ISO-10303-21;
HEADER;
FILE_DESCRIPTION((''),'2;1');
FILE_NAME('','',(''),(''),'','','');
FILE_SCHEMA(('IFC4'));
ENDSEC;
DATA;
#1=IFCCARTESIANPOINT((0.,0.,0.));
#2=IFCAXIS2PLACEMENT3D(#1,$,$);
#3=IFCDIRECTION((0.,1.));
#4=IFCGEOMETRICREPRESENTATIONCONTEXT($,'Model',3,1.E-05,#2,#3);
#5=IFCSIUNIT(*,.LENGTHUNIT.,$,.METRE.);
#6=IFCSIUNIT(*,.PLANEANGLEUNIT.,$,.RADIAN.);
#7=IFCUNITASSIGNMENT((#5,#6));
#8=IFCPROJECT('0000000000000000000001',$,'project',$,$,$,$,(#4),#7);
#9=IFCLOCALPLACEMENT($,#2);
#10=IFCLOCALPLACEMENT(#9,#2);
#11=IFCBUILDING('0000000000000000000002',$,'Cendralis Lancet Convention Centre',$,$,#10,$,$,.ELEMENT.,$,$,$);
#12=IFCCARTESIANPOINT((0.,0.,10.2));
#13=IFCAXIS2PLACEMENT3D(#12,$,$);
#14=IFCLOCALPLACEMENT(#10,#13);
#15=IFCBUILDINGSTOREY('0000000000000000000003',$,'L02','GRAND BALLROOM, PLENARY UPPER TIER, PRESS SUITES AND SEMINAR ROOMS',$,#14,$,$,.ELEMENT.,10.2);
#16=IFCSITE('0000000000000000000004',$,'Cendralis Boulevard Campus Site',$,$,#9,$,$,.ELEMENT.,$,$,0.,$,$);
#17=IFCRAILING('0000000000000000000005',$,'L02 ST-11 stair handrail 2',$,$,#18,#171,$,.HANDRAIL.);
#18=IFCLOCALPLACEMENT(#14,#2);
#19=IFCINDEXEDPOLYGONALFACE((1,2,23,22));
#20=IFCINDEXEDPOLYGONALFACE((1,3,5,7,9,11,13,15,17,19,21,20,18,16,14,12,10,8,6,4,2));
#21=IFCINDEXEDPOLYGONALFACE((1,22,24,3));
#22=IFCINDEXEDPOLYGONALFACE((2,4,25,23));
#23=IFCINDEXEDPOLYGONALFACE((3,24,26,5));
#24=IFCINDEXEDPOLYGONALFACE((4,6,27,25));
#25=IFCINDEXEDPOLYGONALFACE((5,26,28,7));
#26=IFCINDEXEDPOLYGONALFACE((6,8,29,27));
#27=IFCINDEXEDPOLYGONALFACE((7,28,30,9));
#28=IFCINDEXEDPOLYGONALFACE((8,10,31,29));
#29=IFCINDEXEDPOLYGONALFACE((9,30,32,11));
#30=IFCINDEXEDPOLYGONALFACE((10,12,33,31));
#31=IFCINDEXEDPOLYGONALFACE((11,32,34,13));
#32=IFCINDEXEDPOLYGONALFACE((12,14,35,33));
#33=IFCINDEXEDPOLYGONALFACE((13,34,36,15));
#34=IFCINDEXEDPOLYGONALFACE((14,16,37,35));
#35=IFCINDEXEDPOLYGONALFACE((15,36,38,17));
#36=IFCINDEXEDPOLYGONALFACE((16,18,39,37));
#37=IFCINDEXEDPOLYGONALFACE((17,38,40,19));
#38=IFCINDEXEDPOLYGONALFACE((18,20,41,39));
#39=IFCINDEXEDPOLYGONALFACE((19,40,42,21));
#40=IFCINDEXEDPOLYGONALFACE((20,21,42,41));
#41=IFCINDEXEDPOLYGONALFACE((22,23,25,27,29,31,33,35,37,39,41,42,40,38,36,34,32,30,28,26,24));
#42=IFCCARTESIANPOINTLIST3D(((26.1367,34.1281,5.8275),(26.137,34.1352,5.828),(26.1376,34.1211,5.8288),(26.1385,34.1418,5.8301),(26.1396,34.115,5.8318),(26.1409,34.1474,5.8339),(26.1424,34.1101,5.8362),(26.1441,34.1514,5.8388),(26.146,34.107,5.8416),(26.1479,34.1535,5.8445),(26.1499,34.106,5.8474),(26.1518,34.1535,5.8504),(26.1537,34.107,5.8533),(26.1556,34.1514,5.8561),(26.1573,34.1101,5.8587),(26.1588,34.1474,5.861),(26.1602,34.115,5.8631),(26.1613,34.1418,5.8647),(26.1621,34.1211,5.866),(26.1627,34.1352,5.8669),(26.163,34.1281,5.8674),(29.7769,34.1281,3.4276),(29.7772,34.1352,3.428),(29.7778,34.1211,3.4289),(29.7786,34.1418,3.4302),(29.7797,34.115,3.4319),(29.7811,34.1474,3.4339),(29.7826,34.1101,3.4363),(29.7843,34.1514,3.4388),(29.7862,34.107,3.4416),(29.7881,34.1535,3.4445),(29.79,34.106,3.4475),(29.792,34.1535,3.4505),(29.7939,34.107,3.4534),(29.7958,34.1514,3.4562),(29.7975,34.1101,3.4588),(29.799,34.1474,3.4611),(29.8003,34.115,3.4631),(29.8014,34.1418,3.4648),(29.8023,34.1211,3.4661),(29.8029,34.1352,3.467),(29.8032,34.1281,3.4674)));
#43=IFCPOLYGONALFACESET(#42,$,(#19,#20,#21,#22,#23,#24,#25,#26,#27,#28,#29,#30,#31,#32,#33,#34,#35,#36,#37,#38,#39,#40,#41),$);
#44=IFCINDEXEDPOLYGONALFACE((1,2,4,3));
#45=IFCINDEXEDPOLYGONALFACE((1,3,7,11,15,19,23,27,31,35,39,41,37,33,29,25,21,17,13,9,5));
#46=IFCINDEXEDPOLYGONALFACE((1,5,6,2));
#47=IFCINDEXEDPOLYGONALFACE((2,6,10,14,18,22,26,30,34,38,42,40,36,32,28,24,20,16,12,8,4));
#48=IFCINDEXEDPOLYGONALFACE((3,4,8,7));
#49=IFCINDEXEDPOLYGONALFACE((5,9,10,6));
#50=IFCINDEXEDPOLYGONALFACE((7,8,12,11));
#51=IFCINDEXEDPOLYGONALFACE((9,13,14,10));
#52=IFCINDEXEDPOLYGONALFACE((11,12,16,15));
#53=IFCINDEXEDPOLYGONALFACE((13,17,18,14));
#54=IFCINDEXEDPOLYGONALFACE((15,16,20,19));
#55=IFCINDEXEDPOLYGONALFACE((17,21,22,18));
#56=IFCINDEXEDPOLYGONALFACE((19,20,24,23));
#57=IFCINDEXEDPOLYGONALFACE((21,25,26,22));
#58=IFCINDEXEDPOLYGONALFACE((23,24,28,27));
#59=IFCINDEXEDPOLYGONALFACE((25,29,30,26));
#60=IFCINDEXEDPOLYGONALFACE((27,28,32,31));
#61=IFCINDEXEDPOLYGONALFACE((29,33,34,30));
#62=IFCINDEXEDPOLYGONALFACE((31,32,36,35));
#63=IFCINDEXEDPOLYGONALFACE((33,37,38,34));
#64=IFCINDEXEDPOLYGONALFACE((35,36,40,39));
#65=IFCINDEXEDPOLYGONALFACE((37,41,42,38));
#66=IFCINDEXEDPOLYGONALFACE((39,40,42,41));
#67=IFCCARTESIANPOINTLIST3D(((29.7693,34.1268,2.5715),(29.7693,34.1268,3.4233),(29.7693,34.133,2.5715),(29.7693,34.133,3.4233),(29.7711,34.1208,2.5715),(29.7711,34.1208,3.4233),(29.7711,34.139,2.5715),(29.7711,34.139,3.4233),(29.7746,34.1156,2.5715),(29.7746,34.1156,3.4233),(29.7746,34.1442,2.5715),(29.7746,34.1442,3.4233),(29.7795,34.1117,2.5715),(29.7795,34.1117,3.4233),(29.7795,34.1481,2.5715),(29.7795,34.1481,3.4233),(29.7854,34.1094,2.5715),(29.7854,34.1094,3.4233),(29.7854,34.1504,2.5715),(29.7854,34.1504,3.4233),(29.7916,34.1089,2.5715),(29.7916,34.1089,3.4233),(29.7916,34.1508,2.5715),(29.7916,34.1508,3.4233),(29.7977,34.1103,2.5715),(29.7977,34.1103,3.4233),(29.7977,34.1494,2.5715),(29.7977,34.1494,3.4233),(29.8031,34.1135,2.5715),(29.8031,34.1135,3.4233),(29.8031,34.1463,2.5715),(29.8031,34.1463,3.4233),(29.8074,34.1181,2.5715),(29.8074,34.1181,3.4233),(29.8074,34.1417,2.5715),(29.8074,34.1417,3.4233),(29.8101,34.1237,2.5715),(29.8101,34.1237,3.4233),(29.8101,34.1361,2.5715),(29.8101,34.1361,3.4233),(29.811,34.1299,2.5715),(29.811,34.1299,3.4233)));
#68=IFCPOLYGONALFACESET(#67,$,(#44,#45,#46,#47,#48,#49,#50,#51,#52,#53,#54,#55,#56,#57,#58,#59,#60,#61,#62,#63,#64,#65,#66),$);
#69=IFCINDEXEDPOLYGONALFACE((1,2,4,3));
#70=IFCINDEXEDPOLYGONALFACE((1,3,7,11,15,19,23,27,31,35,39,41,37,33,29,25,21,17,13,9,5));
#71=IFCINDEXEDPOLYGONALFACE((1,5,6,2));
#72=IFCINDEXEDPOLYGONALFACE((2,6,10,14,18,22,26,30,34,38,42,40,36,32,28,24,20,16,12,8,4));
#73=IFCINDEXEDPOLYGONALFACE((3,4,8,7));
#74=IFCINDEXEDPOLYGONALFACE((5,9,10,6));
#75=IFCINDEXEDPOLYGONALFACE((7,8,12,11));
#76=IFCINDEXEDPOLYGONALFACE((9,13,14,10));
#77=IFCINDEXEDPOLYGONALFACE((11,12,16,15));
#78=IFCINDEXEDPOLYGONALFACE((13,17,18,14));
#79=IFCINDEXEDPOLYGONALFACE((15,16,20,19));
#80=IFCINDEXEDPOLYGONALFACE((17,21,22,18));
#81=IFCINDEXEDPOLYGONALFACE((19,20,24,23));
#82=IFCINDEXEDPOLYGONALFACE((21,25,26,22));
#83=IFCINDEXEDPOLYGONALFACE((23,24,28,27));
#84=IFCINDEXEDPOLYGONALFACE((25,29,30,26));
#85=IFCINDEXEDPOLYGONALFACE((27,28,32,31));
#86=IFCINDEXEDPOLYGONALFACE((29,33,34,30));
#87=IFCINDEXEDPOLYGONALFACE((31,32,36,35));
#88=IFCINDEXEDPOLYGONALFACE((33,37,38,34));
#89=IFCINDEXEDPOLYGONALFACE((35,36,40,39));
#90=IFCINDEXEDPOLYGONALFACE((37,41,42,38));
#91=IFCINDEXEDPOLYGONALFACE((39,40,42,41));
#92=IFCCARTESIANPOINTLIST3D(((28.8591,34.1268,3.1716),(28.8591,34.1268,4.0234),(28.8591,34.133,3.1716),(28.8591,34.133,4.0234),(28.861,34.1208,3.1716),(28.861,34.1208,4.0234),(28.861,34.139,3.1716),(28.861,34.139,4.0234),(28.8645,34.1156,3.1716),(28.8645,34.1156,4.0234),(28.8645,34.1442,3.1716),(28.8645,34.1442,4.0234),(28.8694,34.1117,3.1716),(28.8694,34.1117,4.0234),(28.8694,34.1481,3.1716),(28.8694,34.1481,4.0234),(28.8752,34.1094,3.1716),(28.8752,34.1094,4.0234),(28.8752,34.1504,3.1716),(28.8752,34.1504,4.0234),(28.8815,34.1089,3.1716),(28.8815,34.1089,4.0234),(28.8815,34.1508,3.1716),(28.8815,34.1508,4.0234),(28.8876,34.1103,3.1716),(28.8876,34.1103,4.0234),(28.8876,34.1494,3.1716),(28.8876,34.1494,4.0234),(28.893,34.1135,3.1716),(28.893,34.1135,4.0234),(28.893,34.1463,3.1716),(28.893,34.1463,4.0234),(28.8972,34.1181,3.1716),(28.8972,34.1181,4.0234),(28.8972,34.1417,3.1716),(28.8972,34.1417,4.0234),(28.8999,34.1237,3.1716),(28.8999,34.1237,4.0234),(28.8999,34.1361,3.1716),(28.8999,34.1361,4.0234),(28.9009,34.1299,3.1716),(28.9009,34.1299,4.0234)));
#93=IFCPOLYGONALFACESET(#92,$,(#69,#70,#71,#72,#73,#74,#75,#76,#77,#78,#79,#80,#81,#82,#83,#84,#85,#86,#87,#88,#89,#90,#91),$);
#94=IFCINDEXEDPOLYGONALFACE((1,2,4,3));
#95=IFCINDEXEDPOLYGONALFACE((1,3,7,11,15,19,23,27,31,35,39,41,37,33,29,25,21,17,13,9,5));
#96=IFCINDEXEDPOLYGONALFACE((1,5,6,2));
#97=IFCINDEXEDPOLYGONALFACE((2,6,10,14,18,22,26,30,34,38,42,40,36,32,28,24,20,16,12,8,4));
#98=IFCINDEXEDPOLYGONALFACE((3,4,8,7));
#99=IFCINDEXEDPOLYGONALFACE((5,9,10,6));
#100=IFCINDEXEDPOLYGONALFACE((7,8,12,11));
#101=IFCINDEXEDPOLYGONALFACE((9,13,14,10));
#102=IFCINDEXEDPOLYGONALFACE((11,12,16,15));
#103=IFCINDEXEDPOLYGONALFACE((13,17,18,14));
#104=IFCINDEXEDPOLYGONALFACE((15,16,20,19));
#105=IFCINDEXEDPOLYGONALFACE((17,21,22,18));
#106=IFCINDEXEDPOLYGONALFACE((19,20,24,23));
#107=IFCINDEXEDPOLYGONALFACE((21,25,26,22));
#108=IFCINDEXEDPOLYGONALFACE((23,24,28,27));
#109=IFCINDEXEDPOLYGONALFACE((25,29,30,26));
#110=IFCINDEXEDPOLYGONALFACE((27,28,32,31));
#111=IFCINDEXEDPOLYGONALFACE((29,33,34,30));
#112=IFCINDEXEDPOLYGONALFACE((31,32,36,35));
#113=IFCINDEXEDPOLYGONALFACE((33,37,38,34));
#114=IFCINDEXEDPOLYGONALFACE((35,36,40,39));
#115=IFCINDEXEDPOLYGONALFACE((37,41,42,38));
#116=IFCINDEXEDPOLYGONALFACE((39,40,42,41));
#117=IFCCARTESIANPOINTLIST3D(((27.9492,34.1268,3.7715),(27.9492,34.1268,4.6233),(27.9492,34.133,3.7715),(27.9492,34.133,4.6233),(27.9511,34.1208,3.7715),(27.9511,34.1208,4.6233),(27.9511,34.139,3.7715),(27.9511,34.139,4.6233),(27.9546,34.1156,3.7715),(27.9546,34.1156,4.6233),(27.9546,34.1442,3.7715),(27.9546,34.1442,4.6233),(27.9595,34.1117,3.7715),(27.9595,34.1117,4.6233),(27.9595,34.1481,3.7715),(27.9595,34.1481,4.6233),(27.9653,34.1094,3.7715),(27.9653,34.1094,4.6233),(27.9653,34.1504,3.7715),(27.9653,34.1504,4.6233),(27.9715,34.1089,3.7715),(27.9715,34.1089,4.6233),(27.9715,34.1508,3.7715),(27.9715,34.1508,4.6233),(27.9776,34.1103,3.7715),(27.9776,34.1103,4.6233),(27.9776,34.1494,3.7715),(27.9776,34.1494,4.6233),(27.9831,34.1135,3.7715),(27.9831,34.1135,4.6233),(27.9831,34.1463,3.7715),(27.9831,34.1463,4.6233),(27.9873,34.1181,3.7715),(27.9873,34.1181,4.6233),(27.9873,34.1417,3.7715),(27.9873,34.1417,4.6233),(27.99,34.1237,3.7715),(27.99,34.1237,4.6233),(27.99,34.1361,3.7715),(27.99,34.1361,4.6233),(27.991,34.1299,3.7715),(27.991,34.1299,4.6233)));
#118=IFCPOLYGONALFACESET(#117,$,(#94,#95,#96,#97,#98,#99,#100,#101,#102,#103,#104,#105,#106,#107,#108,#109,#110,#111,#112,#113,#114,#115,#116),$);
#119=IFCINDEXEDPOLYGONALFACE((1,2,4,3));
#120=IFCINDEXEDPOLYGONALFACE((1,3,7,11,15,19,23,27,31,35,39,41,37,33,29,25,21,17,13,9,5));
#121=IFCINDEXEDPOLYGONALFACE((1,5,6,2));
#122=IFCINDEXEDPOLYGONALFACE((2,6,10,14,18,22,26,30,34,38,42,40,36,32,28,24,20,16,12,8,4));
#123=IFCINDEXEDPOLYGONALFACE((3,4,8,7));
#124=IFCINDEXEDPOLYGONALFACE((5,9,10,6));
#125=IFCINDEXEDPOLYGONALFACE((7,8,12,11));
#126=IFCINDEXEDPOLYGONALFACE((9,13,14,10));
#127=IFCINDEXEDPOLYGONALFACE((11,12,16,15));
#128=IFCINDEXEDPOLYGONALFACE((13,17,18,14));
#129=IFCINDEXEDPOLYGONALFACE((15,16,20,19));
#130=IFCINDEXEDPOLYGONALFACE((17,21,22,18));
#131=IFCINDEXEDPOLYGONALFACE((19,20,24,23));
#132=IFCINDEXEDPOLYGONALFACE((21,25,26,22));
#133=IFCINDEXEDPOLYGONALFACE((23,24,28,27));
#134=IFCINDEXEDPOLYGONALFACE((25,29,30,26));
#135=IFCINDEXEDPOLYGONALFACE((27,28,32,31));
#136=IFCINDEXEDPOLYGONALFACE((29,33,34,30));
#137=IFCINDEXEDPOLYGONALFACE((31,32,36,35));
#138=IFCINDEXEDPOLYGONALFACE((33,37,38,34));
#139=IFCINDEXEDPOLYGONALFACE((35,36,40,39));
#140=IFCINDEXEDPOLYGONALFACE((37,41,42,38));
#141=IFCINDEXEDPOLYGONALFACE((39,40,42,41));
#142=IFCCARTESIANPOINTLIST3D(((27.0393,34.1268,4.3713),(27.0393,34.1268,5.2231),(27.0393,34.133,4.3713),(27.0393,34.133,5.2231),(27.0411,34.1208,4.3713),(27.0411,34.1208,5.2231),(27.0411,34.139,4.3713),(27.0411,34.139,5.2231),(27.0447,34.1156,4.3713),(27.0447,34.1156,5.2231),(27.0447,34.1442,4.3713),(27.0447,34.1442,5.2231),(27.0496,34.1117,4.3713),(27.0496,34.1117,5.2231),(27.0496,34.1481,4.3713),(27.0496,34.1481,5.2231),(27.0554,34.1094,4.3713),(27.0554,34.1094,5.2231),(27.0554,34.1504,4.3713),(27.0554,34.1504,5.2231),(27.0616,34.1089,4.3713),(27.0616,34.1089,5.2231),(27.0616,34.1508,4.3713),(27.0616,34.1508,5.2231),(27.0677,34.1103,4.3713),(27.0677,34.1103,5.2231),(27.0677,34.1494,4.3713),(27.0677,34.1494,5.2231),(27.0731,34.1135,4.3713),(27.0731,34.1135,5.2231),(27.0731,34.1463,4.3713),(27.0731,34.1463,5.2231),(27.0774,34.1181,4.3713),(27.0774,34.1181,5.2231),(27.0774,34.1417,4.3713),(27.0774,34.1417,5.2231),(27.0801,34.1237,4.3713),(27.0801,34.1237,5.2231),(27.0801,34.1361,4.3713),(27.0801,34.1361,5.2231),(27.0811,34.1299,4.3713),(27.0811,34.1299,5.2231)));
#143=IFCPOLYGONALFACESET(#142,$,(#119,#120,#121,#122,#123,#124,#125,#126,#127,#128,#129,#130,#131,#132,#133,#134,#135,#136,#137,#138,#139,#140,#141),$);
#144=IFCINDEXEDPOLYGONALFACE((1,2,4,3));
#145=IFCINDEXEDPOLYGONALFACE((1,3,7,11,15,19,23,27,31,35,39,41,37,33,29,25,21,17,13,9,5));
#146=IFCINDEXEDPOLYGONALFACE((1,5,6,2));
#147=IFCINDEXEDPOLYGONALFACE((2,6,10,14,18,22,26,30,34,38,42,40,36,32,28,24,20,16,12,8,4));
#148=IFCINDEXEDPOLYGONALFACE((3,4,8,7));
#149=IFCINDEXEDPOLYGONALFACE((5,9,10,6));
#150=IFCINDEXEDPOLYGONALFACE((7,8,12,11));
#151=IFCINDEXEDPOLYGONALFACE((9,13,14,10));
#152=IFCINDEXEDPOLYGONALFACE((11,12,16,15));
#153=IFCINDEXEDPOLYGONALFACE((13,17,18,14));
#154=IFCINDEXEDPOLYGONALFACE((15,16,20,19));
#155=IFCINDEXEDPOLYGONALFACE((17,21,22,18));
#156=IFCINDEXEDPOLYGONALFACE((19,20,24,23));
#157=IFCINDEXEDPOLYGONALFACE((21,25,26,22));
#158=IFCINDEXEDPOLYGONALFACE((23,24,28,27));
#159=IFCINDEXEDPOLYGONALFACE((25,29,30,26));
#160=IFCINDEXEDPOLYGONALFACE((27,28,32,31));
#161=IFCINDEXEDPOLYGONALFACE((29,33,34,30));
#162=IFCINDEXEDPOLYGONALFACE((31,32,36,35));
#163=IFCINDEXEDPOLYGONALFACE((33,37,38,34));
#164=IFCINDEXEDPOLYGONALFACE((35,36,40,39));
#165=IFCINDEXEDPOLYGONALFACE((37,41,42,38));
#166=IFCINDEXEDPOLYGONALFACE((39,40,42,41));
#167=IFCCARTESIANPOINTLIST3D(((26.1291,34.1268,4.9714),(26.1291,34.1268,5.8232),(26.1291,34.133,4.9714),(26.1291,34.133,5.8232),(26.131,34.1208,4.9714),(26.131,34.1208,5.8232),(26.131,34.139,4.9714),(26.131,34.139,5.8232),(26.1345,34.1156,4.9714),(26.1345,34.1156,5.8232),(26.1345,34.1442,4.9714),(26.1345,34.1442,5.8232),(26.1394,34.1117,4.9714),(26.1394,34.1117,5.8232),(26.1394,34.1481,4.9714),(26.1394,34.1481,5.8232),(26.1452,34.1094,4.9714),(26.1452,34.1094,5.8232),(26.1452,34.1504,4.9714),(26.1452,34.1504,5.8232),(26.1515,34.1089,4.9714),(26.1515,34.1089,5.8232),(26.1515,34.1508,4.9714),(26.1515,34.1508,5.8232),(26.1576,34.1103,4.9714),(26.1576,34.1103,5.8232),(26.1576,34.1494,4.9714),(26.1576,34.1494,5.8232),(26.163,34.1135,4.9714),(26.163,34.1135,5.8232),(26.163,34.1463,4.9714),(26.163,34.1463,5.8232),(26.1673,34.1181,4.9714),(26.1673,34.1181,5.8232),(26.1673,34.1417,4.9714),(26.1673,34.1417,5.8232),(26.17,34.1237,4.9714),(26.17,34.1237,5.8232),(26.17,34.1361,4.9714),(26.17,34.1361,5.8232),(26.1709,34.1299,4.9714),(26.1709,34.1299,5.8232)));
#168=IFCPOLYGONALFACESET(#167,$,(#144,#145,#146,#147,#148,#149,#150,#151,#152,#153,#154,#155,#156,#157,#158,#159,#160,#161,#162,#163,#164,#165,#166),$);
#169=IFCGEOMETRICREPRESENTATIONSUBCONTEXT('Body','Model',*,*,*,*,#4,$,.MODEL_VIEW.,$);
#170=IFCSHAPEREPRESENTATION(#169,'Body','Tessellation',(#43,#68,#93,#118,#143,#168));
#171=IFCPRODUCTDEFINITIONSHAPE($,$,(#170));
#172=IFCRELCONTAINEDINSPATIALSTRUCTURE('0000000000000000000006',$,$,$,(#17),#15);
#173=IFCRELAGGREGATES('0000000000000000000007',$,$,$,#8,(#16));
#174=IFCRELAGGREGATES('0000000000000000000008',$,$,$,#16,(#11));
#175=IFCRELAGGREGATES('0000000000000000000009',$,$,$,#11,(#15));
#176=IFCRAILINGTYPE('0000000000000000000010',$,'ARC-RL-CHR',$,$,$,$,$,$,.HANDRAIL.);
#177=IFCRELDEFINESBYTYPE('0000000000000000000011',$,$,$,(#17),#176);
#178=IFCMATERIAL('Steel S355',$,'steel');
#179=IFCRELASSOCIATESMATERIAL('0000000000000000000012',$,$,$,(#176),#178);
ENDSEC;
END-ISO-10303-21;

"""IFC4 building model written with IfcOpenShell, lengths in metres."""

from ifc_helpers import new_model, si_unit, direction, frame, origin, origin_2d, place, context, subcontext, project, spatial, circle, extrude, material, type_object, element, save


model = new_model("IFC4")

# Units and contexts
model_context = context("Model", 3, precision=1e-05, world=origin(), true_north=direction((0.0, 1.0)))
body_context = subcontext(model_context, "Body", "Model", "MODEL_VIEW")
ifc_project = project(units=[si_unit("LENGTHUNIT", "METRE"), si_unit("PLANEANGLEUNIT", "RADIAN")], contexts=[model_context])

# Site, building, storey
site_placement = place(None, origin())
site = spatial("IfcSite", under=ifc_project, at=site_placement, Name="Cendralis Boulevard Campus Site", CompositionType="ELEMENT", RefElevation=0.0)
building_placement = place(site_placement, origin())
building = spatial("IfcBuilding", under=site, at=building_placement, Name="Cendralis Lancet Convention Centre", CompositionType="ELEMENT")
storey_placement = place(building_placement, frame((0.0, 0.0, 10.2)))
storey = spatial("IfcBuildingStorey", under=building, at=storey_placement, Name="L02", Description="GRAND BALLROOM, PLENARY UPPER TIER, PRESS SUITES AND SEMINAR ROOMS", CompositionType="ELEMENT", Elevation=10.2)

# Shared definitions
ifc_material_1 = material(Name="Steel S355", Category="steel")

# Railing
railing_type_1 = type_object("IfcRailingType", Name="ARC-RL-CHR", PredefinedType="HANDRAIL", material=ifc_material_1)
railing_1_placement = place(storey_placement, frame((29.79, 34.1299, 2.5715)))
element("IfcRailing", 1, at=railing_1_placement, inside=storey, type_object=railing_type_1, Name="L02 ST-11 stair handrail 2", PredefinedType="HANDRAIL", context=body_context, shape_type="SweptSolid", body=[
    extrude(circle(Radius=0.0239, at=origin_2d()), frame((0.0, 0.0, 0.876), z_axis=(-0.834882, 0.0, 0.550429), x_axis=(0.0, -1.0, 0.0)), (0.0, 0.0, 1.0), 4.3601),
    extrude(circle(Radius=0.021, at=origin_2d()), origin(), (0.0, 0.0, 1.0), 0.8518),
    extrude(circle(Radius=0.021, at=origin_2d()), frame((-0.9102, 0.0, 0.6001)), (0.0, 0.0, 1.0), 0.8518),
    extrude(circle(Radius=0.021, at=origin_2d()), frame((-1.8201, 0.0, 1.2)), (0.0, 0.0, 1.0), 0.8518),
    extrude(circle(Radius=0.021, at=origin_2d()), frame((-2.73, 0.0, 1.7998)), (0.0, 0.0, 1.0), 0.8518),
    extrude(circle(Radius=0.021, at=origin_2d()), frame((-3.6401, 0.0, 2.3999)), (0.0, 0.0, 1.0), 0.8518),
])

save(model, "model.ifc")
